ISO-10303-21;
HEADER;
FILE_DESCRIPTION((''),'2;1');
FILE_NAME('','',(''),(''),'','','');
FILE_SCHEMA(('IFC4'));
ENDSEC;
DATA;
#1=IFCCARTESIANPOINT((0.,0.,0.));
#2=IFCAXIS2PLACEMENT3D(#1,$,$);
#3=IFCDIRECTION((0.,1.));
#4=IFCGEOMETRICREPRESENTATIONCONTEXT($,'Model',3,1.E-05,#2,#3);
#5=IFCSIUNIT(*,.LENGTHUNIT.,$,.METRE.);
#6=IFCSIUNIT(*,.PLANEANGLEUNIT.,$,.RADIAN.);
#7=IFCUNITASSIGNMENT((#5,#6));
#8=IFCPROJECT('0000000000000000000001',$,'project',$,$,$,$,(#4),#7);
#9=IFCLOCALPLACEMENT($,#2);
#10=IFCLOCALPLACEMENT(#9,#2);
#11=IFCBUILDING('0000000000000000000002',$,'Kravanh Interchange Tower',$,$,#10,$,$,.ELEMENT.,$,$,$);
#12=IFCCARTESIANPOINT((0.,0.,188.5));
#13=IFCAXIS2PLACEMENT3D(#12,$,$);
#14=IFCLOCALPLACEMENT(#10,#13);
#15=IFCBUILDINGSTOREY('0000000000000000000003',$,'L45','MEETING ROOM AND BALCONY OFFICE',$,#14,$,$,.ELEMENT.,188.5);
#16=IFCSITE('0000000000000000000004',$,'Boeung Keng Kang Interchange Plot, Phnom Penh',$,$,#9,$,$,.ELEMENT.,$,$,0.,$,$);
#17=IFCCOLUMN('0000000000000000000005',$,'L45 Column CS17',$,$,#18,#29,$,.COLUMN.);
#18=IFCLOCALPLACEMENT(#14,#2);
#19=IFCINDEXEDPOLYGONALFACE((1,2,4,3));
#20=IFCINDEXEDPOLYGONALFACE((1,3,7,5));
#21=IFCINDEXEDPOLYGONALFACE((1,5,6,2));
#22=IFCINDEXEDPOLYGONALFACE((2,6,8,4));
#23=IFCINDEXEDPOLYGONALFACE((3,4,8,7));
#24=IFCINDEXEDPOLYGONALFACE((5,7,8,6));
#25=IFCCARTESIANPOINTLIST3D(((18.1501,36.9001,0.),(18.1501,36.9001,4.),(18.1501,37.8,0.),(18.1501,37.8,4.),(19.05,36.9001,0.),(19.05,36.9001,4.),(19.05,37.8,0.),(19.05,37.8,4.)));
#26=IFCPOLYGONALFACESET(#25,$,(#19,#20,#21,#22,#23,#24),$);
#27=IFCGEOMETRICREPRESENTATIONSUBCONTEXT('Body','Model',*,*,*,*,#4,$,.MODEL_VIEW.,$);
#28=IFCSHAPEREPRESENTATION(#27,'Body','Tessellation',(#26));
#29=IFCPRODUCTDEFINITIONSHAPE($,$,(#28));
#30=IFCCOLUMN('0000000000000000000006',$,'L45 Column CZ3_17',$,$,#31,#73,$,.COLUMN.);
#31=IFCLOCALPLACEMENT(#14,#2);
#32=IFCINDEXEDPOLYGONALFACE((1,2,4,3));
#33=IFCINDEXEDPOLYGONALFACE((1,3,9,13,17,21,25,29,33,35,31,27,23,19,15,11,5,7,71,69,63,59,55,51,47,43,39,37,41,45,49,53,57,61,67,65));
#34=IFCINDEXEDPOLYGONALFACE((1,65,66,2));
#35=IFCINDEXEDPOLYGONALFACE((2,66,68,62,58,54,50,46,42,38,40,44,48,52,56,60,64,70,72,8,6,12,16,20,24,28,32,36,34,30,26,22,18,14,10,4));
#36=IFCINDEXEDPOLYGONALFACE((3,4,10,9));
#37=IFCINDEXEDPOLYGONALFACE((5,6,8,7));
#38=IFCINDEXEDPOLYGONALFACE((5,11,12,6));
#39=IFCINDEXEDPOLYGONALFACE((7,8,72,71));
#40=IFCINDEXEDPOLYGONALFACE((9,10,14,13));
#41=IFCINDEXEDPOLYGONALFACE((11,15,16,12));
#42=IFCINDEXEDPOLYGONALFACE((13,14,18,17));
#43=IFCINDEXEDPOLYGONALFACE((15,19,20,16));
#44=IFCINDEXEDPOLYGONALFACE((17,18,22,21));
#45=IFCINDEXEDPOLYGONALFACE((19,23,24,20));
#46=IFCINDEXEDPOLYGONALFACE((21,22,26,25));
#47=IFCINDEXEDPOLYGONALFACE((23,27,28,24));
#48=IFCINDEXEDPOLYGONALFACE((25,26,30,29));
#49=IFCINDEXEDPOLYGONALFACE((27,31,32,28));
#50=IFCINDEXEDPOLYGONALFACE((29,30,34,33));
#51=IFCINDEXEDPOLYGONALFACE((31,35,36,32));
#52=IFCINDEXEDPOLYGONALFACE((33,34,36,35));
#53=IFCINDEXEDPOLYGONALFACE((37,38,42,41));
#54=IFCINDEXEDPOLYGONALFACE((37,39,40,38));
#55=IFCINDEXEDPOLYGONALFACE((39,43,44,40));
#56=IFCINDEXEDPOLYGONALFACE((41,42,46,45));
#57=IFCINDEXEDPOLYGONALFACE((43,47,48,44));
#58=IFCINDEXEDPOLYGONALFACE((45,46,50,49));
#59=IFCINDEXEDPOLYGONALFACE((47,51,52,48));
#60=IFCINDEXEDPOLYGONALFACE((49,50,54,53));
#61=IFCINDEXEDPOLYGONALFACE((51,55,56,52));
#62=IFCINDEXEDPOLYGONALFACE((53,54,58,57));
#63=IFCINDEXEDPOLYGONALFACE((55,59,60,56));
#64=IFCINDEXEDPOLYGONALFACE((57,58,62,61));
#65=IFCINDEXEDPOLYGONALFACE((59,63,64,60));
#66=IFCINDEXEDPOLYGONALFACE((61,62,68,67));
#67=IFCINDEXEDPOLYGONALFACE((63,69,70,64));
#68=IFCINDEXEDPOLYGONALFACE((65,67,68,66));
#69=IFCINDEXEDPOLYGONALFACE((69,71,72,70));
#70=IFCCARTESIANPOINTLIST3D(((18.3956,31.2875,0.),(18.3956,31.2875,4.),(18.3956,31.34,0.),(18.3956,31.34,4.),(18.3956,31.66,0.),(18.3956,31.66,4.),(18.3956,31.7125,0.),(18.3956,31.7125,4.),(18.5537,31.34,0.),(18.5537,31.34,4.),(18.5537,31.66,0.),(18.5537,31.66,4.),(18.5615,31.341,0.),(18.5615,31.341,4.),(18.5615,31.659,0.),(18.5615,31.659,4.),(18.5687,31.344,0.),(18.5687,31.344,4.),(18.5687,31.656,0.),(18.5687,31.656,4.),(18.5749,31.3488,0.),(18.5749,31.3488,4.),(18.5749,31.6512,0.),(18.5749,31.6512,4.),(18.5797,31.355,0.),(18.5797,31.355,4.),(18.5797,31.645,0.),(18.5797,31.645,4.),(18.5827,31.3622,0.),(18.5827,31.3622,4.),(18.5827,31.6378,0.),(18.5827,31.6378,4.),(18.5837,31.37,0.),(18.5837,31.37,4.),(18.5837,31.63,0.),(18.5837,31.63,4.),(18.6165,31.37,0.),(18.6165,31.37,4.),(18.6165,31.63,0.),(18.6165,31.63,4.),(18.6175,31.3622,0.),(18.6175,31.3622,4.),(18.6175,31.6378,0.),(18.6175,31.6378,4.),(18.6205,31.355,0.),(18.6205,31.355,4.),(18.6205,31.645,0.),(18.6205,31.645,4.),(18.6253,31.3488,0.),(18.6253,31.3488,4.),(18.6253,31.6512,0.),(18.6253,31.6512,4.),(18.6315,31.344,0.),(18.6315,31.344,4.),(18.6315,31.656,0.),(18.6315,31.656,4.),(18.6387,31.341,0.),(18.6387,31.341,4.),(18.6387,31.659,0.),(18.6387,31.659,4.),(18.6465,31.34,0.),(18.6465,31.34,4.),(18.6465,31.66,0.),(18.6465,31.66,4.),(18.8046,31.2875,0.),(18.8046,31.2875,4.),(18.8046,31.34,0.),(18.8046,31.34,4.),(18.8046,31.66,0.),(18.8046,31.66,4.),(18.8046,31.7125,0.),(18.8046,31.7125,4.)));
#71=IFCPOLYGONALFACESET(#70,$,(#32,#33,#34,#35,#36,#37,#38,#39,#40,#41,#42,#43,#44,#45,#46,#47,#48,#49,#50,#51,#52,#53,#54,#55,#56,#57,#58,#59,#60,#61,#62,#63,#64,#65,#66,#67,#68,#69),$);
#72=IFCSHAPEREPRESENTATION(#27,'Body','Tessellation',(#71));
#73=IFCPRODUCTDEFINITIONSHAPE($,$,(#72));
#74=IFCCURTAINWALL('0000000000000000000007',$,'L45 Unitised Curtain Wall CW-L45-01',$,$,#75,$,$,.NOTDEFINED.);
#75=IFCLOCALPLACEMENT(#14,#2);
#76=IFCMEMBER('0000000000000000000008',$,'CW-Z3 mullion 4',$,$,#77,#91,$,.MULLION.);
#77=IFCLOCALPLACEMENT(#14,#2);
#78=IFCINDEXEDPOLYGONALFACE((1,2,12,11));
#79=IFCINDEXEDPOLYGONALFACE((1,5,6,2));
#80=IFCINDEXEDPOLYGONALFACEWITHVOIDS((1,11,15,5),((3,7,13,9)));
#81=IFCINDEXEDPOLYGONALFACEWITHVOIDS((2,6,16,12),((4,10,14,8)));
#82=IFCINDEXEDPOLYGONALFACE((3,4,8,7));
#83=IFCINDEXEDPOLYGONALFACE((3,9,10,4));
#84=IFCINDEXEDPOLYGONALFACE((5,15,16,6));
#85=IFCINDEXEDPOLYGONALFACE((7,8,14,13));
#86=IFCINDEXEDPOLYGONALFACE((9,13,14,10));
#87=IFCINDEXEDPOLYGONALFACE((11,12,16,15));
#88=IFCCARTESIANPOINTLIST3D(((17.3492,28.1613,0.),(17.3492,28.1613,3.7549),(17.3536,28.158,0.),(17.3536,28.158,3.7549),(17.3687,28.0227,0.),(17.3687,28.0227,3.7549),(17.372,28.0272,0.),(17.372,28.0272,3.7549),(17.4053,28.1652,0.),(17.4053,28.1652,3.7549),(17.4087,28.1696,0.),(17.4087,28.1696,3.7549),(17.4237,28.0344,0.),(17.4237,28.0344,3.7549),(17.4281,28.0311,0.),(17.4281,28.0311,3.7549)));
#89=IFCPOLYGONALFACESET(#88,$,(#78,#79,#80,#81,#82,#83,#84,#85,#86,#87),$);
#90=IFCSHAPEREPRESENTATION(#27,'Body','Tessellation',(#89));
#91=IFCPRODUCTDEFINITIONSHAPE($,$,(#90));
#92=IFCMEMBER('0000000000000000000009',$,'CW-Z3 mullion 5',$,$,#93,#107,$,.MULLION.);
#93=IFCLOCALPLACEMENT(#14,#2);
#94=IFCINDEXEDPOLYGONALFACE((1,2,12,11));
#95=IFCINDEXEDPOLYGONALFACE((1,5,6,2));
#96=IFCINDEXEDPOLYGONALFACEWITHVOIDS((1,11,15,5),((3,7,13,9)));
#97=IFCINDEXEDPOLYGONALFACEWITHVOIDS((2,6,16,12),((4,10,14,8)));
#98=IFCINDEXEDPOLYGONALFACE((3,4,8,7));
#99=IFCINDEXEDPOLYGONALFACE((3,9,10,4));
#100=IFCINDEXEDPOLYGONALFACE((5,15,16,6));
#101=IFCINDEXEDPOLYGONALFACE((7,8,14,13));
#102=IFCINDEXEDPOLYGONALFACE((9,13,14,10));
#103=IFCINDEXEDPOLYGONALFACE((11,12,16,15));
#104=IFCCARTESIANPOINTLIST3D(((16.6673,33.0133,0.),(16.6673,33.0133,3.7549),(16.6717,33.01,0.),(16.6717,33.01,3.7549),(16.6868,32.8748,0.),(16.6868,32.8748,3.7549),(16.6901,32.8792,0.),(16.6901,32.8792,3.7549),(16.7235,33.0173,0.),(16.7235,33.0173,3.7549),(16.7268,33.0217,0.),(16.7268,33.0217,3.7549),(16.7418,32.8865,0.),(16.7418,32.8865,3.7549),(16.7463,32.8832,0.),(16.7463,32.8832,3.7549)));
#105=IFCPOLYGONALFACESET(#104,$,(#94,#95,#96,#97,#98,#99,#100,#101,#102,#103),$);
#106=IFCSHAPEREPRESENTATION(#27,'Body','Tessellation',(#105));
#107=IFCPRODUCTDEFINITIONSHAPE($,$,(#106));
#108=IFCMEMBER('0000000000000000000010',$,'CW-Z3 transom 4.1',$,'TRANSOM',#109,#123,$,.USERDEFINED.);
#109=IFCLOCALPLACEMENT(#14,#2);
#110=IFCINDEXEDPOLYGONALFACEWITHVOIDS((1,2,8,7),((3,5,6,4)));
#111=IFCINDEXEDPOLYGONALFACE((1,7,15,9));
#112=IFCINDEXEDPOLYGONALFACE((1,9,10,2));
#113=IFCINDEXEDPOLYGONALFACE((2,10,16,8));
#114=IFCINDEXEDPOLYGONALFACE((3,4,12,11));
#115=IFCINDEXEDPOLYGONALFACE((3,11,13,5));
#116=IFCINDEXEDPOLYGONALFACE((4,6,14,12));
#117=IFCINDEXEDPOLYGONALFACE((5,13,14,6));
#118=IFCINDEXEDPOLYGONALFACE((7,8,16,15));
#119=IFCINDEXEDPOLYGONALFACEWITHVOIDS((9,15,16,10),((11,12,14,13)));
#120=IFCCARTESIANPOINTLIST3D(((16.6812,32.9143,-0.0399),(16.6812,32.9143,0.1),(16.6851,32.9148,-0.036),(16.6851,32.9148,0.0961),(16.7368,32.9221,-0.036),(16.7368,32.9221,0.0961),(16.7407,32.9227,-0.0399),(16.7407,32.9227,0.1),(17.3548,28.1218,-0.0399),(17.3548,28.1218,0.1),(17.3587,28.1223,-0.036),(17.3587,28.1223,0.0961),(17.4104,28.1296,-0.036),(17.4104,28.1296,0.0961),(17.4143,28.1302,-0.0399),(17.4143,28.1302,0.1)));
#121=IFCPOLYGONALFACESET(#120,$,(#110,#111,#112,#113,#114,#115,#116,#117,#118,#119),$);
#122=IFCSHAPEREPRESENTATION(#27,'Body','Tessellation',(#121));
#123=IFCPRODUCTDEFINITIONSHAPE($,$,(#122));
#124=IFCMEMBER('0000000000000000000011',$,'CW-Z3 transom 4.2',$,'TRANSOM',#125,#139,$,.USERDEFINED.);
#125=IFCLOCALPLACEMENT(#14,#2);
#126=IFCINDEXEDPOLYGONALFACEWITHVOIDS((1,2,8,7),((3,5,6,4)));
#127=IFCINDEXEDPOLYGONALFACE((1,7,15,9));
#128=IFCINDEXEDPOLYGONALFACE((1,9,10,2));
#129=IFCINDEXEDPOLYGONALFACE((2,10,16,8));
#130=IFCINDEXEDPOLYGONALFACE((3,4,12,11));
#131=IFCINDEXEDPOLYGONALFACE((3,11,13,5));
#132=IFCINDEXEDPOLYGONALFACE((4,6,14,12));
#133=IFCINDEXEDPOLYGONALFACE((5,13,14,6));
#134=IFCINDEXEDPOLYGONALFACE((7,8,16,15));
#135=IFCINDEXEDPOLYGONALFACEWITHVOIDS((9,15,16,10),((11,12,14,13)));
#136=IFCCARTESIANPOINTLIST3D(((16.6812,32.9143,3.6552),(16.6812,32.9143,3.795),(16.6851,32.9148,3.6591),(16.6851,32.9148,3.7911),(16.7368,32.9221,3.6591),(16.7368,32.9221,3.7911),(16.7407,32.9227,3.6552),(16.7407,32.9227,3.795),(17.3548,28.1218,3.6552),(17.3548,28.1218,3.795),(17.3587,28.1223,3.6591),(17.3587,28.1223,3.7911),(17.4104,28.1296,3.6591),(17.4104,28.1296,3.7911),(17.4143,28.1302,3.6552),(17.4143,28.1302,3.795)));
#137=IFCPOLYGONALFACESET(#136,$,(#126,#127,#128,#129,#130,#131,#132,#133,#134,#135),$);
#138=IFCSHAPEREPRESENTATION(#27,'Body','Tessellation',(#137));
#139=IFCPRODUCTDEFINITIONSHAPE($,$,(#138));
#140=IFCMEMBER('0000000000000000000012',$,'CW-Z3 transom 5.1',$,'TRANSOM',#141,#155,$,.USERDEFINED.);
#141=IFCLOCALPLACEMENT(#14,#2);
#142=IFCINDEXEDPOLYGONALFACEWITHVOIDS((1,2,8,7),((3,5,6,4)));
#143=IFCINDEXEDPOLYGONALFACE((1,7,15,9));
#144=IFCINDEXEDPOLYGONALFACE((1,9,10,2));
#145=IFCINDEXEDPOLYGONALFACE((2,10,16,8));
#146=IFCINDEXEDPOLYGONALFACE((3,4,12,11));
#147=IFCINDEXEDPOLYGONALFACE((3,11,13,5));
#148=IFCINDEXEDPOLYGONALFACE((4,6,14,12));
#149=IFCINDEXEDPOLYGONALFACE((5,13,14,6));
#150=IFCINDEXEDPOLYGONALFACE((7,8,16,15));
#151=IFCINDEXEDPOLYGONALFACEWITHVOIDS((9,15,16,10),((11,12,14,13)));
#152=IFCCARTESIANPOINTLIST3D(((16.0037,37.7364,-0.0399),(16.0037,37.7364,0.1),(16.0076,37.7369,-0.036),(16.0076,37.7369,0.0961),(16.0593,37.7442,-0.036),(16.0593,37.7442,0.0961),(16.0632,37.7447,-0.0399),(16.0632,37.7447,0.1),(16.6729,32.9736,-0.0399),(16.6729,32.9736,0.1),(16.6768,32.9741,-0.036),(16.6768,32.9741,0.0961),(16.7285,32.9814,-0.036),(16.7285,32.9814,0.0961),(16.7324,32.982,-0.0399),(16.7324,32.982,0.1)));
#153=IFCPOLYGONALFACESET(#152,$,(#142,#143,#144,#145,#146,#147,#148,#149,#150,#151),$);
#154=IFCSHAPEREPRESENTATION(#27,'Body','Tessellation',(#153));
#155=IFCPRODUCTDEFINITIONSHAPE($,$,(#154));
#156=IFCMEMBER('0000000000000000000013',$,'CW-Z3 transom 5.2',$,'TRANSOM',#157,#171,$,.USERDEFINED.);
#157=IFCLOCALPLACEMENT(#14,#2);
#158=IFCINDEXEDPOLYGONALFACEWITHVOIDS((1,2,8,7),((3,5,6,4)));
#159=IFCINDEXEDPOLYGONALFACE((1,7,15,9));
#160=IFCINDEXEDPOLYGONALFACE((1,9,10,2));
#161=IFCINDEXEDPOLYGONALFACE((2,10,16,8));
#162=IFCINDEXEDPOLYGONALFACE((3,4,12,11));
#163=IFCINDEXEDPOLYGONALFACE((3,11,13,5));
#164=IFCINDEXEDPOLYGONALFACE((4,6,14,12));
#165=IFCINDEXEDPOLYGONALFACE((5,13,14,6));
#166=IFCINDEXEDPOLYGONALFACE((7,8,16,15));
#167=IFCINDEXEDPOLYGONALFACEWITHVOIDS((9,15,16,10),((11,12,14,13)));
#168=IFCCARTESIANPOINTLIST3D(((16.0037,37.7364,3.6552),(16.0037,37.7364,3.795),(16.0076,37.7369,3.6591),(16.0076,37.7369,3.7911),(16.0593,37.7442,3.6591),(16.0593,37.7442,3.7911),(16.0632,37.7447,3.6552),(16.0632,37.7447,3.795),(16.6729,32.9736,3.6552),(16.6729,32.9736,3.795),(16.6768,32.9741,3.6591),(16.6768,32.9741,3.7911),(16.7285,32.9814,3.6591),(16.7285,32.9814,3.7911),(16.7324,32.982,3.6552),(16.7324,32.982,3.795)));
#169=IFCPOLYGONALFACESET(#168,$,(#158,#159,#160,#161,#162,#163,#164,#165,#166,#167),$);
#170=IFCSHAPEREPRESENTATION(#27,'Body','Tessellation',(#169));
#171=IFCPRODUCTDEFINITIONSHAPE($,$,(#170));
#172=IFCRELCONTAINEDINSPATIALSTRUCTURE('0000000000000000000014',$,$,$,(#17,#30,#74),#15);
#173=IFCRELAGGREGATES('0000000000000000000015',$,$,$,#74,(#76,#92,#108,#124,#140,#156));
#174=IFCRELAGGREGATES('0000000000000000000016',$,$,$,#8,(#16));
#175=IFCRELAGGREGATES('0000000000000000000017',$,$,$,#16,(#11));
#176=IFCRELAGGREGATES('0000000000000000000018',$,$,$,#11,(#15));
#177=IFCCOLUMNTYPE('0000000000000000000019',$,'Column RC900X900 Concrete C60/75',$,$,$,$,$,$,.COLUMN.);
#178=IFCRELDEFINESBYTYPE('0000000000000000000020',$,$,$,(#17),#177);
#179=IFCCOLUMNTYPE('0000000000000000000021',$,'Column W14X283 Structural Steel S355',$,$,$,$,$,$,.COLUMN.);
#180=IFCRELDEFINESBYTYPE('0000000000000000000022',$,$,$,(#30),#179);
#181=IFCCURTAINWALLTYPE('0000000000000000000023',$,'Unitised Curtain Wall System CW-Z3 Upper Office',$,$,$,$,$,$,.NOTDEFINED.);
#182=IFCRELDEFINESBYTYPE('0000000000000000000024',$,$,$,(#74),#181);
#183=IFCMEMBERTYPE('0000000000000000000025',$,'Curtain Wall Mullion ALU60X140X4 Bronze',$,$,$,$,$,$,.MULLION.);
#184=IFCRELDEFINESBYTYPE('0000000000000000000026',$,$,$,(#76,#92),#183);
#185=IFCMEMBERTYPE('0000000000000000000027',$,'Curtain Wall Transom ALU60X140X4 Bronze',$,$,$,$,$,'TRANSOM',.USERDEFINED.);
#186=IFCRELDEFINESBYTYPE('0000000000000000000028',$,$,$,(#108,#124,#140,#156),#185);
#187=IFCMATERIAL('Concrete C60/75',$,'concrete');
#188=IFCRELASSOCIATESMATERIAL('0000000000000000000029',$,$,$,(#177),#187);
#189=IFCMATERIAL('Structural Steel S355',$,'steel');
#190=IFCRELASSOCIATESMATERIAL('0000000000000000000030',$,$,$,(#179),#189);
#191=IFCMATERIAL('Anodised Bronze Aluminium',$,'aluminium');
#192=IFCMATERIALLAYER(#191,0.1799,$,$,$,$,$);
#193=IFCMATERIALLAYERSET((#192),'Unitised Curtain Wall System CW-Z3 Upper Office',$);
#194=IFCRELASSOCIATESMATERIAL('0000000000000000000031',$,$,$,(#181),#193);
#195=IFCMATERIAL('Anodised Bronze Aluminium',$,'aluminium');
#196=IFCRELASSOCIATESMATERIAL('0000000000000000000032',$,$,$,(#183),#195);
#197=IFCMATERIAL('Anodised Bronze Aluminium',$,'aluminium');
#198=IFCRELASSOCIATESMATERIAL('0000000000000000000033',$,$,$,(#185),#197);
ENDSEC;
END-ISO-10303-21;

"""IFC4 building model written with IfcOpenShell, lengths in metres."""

from ifc_helpers import new_model, si_unit, direction, frame, origin, origin_2d, place, context, subcontext, project, spatial, rectangle, hollow_rectangle, i_section, extrude, material, layer, layer_set, material_profile, profile_set, type_object, element, aggregate, save


model = new_model("IFC4")

# Units and contexts
model_context = context("Model", 3, precision=1e-05, world=origin(), true_north=direction((0.0, 1.0)))
body_context = subcontext(model_context, "Body", "Model", "MODEL_VIEW")
ifc_project = project(units=[si_unit("LENGTHUNIT", "METRE"), si_unit("PLANEANGLEUNIT", "RADIAN")], contexts=[model_context])

# Site, building, storey
site_placement = place(None, origin())
site = spatial("IfcSite", under=ifc_project, at=site_placement, Name="Boeung Keng Kang Interchange Plot, Phnom Penh", CompositionType="ELEMENT", RefElevation=0.0)
building_placement = place(site_placement, origin())
building = spatial("IfcBuilding", under=site, at=building_placement, Name="Kravanh Interchange Tower", CompositionType="ELEMENT")
storey_placement = place(building_placement, frame((0.0, 0.0, 188.5)))
storey = spatial("IfcBuildingStorey", under=building, at=storey_placement, Name="L45", Description="MEETING ROOM AND BALCONY OFFICE", CompositionType="ELEMENT", Elevation=188.5)

# Columns
ifc_material_1 = material(Name="Concrete C60/75", Category="concrete")
ifc_material_profile_1 = material_profile(ifc_material_1, rectangle(XDim=0.8999, YDim=0.8999, at=origin_2d()), Name="RC900X900")
ifc_profile_set_1 = profile_set([ifc_material_profile_1], Name="Concrete C60/75")
column_type_1 = type_object("IfcColumnType", Name="Column RC900X900 Concrete C60/75", PredefinedType="COLUMN", material=ifc_profile_set_1)
column_1_placement = place(storey_placement, frame((18.6001, 37.3501, 0.0), z_axis=(0.0, 0.0, 1.0), x_axis=(1.0, 0.0, 0.0)))
element("IfcColumn", 1, at=column_1_placement, inside=storey, type_object=column_type_1, Name="L45 Column CS17", PredefinedType="COLUMN", context=body_context, shape_type="SweptSolid", body=[
    extrude(rectangle(XDim=0.8999, YDim=0.8999, at=origin_2d()), origin(), (0.0, 0.0, 1.0), 4.0),
])
ifc_material_2 = material(Name="Structural Steel S355", Category="steel")
ifc_material_profile_2 = material_profile(ifc_material_2, i_section(OverallWidth=0.4089, OverallDepth=0.425, WebThickness=0.0327, FlangeThickness=0.0525, FilletRadius=0.03, at=origin_2d()), Name="W14X283")
ifc_profile_set_2 = profile_set([ifc_material_profile_2], Name="Structural Steel S355")
column_type_2 = type_object("IfcColumnType", Name="Column W14X283 Structural Steel S355", PredefinedType="COLUMN", material=ifc_profile_set_2)
column_2_placement = place(storey_placement, frame((18.6001, 31.5, 0.0), z_axis=(0.0, 0.0, 1.0), x_axis=(1.0, 0.0, 0.0)))
element("IfcColumn", 2, at=column_2_placement, inside=storey, type_object=column_type_2, Name="L45 Column CZ3_17", PredefinedType="COLUMN", context=body_context, shape_type="SweptSolid", body=[
    extrude(i_section(OverallWidth=0.4089, OverallDepth=0.425, WebThickness=0.0327, FlangeThickness=0.0525, FilletRadius=0.03, at=origin_2d()), origin(), (0.0, 0.0, 1.0), 4.0),
])

# Curtain wall, members
ifc_material_3 = material(Name="Anodised Bronze Aluminium", Category="aluminium")
ifc_layer_1 = layer(ifc_material_3, 0.1799)
ifc_layer_set_1 = layer_set([ifc_layer_1], Name="Unitised Curtain Wall System CW-Z3 Upper Office")
curtain_wall_type = type_object("IfcCurtainWallType", Name="Unitised Curtain Wall System CW-Z3 Upper Office", PredefinedType="NOTDEFINED", material=ifc_layer_set_1)
curtain_wall_placement = place(storey_placement, origin())
curtain_wall = element("IfcCurtainWall", 3, at=curtain_wall_placement, inside=storey, type_object=curtain_wall_type, Name="L45 Unitised Curtain Wall CW-L45-01", PredefinedType="NOTDEFINED")
ifc_material_4 = material(Name="Anodised Bronze Aluminium", Category="aluminium")
ifc_material_profile_3 = material_profile(ifc_material_4, hollow_rectangle(XDim=0.0601, YDim=0.1399, WallThickness=0.0039, at=origin_2d()), Name="ALU60X140X4")
ifc_profile_set_3 = profile_set([ifc_material_profile_3], Name="Anodised Bronze Aluminium")
member_type_1 = type_object("IfcMemberType", Name="Curtain Wall Mullion ALU60X140X4 Bronze", PredefinedType="MULLION", material=ifc_profile_set_3)
member_1_placement = place(storey_placement, frame((17.3887, 28.0962, 0.0), z_axis=(0.0, 0.0, 1.0), x_axis=(-0.990268, -0.139172, 0.0)))
member_1 = element("IfcMember", 4, at=member_1_placement, type_object=member_type_1, Name="CW-Z3 mullion 4", PredefinedType="MULLION", context=body_context, shape_type="SweptSolid", body=[
    extrude(hollow_rectangle(XDim=0.0601, YDim=0.1399, WallThickness=0.0039, at=origin_2d()), origin(), (0.0, 0.0, 1.0), 3.7549),
])
member_2_placement = place(storey_placement, frame((16.7068, 32.9482, 0.0), z_axis=(0.0, 0.0, 1.0), x_axis=(-0.990268, -0.139172, 0.0)))
member_2 = element("IfcMember", 5, at=member_2_placement, type_object=member_type_1, Name="CW-Z3 mullion 5", PredefinedType="MULLION", context=body_context, shape_type="SweptSolid", body=[
    extrude(hollow_rectangle(XDim=0.0601, YDim=0.1399, WallThickness=0.0039, at=origin_2d()), origin(), (0.0, 0.0, 1.0), 3.7549),
])
ifc_material_5 = material(Name="Anodised Bronze Aluminium", Category="aluminium")
ifc_material_profile_4 = material_profile(ifc_material_5, hollow_rectangle(XDim=0.0601, YDim=0.1399, WallThickness=0.0039, at=origin_2d()), Name="ALU60X140X4")
ifc_profile_set_4 = profile_set([ifc_material_profile_4], Name="Anodised Bronze Aluminium")
member_type_2 = type_object("IfcMemberType", Name="Curtain Wall Transom ALU60X140X4 Bronze", ElementType="TRANSOM", PredefinedType="USERDEFINED", material=ifc_profile_set_4)
member_3_placement = place(storey_placement, frame((17.3845, 28.126, 0.03), z_axis=(-0.139182, 0.990267, 0.0), x_axis=(-0.990267, -0.139182, 0.0)))
member_3 = element("IfcMember", 6, at=member_3_placement, type_object=member_type_2, Name="CW-Z3 transom 4.1", ObjectType="TRANSOM", PredefinedType="USERDEFINED", context=body_context, shape_type="SweptSolid", body=[
    extrude(hollow_rectangle(XDim=0.0601, YDim=0.1399, WallThickness=0.0039, at=origin_2d()), origin(), (0.0, 0.0, 1.0), 4.8396),
])
member_4_placement = place(storey_placement, frame((17.3845, 28.126, 3.7251), z_axis=(-0.139182, 0.990267, 0.0), x_axis=(-0.990267, -0.139182, 0.0)))
member_4 = element("IfcMember", 7, at=member_4_placement, type_object=member_type_2, Name="CW-Z3 transom 4.2", ObjectType="TRANSOM", PredefinedType="USERDEFINED", context=body_context, shape_type="SweptSolid", body=[
    extrude(hollow_rectangle(XDim=0.0601, YDim=0.1399, WallThickness=0.0039, at=origin_2d()), origin(), (0.0, 0.0, 1.0), 4.8396),
])
member_5_placement = place(storey_placement, frame((16.7026, 32.9778, 0.03), z_axis=(-0.13914, 0.990273, 0.0), x_axis=(-0.990273, -0.13914, 0.0)))
member_5 = element("IfcMember", 8, at=member_5_placement, type_object=member_type_2, Name="CW-Z3 transom 5.1", ObjectType="TRANSOM", PredefinedType="USERDEFINED", context=body_context, shape_type="SweptSolid", body=[
    extrude(hollow_rectangle(XDim=0.0601, YDim=0.1399, WallThickness=0.0039, at=origin_2d()), origin(), (0.0, 0.0, 1.0), 4.8096),
])
member_6_placement = place(storey_placement, frame((16.7026, 32.9778, 3.7251), z_axis=(-0.13914, 0.990273, 0.0), x_axis=(-0.990273, -0.13914, 0.0)))
member_6 = element("IfcMember", 9, at=member_6_placement, type_object=member_type_2, Name="CW-Z3 transom 5.2", ObjectType="TRANSOM", PredefinedType="USERDEFINED", context=body_context, shape_type="SweptSolid", body=[
    extrude(hollow_rectangle(XDim=0.0601, YDim=0.1399, WallThickness=0.0039, at=origin_2d()), origin(), (0.0, 0.0, 1.0), 4.8096),
])

aggregate(curtain_wall, [member_1, member_2, member_3, member_4, member_5, member_6])

save(model, "model.ifc")
